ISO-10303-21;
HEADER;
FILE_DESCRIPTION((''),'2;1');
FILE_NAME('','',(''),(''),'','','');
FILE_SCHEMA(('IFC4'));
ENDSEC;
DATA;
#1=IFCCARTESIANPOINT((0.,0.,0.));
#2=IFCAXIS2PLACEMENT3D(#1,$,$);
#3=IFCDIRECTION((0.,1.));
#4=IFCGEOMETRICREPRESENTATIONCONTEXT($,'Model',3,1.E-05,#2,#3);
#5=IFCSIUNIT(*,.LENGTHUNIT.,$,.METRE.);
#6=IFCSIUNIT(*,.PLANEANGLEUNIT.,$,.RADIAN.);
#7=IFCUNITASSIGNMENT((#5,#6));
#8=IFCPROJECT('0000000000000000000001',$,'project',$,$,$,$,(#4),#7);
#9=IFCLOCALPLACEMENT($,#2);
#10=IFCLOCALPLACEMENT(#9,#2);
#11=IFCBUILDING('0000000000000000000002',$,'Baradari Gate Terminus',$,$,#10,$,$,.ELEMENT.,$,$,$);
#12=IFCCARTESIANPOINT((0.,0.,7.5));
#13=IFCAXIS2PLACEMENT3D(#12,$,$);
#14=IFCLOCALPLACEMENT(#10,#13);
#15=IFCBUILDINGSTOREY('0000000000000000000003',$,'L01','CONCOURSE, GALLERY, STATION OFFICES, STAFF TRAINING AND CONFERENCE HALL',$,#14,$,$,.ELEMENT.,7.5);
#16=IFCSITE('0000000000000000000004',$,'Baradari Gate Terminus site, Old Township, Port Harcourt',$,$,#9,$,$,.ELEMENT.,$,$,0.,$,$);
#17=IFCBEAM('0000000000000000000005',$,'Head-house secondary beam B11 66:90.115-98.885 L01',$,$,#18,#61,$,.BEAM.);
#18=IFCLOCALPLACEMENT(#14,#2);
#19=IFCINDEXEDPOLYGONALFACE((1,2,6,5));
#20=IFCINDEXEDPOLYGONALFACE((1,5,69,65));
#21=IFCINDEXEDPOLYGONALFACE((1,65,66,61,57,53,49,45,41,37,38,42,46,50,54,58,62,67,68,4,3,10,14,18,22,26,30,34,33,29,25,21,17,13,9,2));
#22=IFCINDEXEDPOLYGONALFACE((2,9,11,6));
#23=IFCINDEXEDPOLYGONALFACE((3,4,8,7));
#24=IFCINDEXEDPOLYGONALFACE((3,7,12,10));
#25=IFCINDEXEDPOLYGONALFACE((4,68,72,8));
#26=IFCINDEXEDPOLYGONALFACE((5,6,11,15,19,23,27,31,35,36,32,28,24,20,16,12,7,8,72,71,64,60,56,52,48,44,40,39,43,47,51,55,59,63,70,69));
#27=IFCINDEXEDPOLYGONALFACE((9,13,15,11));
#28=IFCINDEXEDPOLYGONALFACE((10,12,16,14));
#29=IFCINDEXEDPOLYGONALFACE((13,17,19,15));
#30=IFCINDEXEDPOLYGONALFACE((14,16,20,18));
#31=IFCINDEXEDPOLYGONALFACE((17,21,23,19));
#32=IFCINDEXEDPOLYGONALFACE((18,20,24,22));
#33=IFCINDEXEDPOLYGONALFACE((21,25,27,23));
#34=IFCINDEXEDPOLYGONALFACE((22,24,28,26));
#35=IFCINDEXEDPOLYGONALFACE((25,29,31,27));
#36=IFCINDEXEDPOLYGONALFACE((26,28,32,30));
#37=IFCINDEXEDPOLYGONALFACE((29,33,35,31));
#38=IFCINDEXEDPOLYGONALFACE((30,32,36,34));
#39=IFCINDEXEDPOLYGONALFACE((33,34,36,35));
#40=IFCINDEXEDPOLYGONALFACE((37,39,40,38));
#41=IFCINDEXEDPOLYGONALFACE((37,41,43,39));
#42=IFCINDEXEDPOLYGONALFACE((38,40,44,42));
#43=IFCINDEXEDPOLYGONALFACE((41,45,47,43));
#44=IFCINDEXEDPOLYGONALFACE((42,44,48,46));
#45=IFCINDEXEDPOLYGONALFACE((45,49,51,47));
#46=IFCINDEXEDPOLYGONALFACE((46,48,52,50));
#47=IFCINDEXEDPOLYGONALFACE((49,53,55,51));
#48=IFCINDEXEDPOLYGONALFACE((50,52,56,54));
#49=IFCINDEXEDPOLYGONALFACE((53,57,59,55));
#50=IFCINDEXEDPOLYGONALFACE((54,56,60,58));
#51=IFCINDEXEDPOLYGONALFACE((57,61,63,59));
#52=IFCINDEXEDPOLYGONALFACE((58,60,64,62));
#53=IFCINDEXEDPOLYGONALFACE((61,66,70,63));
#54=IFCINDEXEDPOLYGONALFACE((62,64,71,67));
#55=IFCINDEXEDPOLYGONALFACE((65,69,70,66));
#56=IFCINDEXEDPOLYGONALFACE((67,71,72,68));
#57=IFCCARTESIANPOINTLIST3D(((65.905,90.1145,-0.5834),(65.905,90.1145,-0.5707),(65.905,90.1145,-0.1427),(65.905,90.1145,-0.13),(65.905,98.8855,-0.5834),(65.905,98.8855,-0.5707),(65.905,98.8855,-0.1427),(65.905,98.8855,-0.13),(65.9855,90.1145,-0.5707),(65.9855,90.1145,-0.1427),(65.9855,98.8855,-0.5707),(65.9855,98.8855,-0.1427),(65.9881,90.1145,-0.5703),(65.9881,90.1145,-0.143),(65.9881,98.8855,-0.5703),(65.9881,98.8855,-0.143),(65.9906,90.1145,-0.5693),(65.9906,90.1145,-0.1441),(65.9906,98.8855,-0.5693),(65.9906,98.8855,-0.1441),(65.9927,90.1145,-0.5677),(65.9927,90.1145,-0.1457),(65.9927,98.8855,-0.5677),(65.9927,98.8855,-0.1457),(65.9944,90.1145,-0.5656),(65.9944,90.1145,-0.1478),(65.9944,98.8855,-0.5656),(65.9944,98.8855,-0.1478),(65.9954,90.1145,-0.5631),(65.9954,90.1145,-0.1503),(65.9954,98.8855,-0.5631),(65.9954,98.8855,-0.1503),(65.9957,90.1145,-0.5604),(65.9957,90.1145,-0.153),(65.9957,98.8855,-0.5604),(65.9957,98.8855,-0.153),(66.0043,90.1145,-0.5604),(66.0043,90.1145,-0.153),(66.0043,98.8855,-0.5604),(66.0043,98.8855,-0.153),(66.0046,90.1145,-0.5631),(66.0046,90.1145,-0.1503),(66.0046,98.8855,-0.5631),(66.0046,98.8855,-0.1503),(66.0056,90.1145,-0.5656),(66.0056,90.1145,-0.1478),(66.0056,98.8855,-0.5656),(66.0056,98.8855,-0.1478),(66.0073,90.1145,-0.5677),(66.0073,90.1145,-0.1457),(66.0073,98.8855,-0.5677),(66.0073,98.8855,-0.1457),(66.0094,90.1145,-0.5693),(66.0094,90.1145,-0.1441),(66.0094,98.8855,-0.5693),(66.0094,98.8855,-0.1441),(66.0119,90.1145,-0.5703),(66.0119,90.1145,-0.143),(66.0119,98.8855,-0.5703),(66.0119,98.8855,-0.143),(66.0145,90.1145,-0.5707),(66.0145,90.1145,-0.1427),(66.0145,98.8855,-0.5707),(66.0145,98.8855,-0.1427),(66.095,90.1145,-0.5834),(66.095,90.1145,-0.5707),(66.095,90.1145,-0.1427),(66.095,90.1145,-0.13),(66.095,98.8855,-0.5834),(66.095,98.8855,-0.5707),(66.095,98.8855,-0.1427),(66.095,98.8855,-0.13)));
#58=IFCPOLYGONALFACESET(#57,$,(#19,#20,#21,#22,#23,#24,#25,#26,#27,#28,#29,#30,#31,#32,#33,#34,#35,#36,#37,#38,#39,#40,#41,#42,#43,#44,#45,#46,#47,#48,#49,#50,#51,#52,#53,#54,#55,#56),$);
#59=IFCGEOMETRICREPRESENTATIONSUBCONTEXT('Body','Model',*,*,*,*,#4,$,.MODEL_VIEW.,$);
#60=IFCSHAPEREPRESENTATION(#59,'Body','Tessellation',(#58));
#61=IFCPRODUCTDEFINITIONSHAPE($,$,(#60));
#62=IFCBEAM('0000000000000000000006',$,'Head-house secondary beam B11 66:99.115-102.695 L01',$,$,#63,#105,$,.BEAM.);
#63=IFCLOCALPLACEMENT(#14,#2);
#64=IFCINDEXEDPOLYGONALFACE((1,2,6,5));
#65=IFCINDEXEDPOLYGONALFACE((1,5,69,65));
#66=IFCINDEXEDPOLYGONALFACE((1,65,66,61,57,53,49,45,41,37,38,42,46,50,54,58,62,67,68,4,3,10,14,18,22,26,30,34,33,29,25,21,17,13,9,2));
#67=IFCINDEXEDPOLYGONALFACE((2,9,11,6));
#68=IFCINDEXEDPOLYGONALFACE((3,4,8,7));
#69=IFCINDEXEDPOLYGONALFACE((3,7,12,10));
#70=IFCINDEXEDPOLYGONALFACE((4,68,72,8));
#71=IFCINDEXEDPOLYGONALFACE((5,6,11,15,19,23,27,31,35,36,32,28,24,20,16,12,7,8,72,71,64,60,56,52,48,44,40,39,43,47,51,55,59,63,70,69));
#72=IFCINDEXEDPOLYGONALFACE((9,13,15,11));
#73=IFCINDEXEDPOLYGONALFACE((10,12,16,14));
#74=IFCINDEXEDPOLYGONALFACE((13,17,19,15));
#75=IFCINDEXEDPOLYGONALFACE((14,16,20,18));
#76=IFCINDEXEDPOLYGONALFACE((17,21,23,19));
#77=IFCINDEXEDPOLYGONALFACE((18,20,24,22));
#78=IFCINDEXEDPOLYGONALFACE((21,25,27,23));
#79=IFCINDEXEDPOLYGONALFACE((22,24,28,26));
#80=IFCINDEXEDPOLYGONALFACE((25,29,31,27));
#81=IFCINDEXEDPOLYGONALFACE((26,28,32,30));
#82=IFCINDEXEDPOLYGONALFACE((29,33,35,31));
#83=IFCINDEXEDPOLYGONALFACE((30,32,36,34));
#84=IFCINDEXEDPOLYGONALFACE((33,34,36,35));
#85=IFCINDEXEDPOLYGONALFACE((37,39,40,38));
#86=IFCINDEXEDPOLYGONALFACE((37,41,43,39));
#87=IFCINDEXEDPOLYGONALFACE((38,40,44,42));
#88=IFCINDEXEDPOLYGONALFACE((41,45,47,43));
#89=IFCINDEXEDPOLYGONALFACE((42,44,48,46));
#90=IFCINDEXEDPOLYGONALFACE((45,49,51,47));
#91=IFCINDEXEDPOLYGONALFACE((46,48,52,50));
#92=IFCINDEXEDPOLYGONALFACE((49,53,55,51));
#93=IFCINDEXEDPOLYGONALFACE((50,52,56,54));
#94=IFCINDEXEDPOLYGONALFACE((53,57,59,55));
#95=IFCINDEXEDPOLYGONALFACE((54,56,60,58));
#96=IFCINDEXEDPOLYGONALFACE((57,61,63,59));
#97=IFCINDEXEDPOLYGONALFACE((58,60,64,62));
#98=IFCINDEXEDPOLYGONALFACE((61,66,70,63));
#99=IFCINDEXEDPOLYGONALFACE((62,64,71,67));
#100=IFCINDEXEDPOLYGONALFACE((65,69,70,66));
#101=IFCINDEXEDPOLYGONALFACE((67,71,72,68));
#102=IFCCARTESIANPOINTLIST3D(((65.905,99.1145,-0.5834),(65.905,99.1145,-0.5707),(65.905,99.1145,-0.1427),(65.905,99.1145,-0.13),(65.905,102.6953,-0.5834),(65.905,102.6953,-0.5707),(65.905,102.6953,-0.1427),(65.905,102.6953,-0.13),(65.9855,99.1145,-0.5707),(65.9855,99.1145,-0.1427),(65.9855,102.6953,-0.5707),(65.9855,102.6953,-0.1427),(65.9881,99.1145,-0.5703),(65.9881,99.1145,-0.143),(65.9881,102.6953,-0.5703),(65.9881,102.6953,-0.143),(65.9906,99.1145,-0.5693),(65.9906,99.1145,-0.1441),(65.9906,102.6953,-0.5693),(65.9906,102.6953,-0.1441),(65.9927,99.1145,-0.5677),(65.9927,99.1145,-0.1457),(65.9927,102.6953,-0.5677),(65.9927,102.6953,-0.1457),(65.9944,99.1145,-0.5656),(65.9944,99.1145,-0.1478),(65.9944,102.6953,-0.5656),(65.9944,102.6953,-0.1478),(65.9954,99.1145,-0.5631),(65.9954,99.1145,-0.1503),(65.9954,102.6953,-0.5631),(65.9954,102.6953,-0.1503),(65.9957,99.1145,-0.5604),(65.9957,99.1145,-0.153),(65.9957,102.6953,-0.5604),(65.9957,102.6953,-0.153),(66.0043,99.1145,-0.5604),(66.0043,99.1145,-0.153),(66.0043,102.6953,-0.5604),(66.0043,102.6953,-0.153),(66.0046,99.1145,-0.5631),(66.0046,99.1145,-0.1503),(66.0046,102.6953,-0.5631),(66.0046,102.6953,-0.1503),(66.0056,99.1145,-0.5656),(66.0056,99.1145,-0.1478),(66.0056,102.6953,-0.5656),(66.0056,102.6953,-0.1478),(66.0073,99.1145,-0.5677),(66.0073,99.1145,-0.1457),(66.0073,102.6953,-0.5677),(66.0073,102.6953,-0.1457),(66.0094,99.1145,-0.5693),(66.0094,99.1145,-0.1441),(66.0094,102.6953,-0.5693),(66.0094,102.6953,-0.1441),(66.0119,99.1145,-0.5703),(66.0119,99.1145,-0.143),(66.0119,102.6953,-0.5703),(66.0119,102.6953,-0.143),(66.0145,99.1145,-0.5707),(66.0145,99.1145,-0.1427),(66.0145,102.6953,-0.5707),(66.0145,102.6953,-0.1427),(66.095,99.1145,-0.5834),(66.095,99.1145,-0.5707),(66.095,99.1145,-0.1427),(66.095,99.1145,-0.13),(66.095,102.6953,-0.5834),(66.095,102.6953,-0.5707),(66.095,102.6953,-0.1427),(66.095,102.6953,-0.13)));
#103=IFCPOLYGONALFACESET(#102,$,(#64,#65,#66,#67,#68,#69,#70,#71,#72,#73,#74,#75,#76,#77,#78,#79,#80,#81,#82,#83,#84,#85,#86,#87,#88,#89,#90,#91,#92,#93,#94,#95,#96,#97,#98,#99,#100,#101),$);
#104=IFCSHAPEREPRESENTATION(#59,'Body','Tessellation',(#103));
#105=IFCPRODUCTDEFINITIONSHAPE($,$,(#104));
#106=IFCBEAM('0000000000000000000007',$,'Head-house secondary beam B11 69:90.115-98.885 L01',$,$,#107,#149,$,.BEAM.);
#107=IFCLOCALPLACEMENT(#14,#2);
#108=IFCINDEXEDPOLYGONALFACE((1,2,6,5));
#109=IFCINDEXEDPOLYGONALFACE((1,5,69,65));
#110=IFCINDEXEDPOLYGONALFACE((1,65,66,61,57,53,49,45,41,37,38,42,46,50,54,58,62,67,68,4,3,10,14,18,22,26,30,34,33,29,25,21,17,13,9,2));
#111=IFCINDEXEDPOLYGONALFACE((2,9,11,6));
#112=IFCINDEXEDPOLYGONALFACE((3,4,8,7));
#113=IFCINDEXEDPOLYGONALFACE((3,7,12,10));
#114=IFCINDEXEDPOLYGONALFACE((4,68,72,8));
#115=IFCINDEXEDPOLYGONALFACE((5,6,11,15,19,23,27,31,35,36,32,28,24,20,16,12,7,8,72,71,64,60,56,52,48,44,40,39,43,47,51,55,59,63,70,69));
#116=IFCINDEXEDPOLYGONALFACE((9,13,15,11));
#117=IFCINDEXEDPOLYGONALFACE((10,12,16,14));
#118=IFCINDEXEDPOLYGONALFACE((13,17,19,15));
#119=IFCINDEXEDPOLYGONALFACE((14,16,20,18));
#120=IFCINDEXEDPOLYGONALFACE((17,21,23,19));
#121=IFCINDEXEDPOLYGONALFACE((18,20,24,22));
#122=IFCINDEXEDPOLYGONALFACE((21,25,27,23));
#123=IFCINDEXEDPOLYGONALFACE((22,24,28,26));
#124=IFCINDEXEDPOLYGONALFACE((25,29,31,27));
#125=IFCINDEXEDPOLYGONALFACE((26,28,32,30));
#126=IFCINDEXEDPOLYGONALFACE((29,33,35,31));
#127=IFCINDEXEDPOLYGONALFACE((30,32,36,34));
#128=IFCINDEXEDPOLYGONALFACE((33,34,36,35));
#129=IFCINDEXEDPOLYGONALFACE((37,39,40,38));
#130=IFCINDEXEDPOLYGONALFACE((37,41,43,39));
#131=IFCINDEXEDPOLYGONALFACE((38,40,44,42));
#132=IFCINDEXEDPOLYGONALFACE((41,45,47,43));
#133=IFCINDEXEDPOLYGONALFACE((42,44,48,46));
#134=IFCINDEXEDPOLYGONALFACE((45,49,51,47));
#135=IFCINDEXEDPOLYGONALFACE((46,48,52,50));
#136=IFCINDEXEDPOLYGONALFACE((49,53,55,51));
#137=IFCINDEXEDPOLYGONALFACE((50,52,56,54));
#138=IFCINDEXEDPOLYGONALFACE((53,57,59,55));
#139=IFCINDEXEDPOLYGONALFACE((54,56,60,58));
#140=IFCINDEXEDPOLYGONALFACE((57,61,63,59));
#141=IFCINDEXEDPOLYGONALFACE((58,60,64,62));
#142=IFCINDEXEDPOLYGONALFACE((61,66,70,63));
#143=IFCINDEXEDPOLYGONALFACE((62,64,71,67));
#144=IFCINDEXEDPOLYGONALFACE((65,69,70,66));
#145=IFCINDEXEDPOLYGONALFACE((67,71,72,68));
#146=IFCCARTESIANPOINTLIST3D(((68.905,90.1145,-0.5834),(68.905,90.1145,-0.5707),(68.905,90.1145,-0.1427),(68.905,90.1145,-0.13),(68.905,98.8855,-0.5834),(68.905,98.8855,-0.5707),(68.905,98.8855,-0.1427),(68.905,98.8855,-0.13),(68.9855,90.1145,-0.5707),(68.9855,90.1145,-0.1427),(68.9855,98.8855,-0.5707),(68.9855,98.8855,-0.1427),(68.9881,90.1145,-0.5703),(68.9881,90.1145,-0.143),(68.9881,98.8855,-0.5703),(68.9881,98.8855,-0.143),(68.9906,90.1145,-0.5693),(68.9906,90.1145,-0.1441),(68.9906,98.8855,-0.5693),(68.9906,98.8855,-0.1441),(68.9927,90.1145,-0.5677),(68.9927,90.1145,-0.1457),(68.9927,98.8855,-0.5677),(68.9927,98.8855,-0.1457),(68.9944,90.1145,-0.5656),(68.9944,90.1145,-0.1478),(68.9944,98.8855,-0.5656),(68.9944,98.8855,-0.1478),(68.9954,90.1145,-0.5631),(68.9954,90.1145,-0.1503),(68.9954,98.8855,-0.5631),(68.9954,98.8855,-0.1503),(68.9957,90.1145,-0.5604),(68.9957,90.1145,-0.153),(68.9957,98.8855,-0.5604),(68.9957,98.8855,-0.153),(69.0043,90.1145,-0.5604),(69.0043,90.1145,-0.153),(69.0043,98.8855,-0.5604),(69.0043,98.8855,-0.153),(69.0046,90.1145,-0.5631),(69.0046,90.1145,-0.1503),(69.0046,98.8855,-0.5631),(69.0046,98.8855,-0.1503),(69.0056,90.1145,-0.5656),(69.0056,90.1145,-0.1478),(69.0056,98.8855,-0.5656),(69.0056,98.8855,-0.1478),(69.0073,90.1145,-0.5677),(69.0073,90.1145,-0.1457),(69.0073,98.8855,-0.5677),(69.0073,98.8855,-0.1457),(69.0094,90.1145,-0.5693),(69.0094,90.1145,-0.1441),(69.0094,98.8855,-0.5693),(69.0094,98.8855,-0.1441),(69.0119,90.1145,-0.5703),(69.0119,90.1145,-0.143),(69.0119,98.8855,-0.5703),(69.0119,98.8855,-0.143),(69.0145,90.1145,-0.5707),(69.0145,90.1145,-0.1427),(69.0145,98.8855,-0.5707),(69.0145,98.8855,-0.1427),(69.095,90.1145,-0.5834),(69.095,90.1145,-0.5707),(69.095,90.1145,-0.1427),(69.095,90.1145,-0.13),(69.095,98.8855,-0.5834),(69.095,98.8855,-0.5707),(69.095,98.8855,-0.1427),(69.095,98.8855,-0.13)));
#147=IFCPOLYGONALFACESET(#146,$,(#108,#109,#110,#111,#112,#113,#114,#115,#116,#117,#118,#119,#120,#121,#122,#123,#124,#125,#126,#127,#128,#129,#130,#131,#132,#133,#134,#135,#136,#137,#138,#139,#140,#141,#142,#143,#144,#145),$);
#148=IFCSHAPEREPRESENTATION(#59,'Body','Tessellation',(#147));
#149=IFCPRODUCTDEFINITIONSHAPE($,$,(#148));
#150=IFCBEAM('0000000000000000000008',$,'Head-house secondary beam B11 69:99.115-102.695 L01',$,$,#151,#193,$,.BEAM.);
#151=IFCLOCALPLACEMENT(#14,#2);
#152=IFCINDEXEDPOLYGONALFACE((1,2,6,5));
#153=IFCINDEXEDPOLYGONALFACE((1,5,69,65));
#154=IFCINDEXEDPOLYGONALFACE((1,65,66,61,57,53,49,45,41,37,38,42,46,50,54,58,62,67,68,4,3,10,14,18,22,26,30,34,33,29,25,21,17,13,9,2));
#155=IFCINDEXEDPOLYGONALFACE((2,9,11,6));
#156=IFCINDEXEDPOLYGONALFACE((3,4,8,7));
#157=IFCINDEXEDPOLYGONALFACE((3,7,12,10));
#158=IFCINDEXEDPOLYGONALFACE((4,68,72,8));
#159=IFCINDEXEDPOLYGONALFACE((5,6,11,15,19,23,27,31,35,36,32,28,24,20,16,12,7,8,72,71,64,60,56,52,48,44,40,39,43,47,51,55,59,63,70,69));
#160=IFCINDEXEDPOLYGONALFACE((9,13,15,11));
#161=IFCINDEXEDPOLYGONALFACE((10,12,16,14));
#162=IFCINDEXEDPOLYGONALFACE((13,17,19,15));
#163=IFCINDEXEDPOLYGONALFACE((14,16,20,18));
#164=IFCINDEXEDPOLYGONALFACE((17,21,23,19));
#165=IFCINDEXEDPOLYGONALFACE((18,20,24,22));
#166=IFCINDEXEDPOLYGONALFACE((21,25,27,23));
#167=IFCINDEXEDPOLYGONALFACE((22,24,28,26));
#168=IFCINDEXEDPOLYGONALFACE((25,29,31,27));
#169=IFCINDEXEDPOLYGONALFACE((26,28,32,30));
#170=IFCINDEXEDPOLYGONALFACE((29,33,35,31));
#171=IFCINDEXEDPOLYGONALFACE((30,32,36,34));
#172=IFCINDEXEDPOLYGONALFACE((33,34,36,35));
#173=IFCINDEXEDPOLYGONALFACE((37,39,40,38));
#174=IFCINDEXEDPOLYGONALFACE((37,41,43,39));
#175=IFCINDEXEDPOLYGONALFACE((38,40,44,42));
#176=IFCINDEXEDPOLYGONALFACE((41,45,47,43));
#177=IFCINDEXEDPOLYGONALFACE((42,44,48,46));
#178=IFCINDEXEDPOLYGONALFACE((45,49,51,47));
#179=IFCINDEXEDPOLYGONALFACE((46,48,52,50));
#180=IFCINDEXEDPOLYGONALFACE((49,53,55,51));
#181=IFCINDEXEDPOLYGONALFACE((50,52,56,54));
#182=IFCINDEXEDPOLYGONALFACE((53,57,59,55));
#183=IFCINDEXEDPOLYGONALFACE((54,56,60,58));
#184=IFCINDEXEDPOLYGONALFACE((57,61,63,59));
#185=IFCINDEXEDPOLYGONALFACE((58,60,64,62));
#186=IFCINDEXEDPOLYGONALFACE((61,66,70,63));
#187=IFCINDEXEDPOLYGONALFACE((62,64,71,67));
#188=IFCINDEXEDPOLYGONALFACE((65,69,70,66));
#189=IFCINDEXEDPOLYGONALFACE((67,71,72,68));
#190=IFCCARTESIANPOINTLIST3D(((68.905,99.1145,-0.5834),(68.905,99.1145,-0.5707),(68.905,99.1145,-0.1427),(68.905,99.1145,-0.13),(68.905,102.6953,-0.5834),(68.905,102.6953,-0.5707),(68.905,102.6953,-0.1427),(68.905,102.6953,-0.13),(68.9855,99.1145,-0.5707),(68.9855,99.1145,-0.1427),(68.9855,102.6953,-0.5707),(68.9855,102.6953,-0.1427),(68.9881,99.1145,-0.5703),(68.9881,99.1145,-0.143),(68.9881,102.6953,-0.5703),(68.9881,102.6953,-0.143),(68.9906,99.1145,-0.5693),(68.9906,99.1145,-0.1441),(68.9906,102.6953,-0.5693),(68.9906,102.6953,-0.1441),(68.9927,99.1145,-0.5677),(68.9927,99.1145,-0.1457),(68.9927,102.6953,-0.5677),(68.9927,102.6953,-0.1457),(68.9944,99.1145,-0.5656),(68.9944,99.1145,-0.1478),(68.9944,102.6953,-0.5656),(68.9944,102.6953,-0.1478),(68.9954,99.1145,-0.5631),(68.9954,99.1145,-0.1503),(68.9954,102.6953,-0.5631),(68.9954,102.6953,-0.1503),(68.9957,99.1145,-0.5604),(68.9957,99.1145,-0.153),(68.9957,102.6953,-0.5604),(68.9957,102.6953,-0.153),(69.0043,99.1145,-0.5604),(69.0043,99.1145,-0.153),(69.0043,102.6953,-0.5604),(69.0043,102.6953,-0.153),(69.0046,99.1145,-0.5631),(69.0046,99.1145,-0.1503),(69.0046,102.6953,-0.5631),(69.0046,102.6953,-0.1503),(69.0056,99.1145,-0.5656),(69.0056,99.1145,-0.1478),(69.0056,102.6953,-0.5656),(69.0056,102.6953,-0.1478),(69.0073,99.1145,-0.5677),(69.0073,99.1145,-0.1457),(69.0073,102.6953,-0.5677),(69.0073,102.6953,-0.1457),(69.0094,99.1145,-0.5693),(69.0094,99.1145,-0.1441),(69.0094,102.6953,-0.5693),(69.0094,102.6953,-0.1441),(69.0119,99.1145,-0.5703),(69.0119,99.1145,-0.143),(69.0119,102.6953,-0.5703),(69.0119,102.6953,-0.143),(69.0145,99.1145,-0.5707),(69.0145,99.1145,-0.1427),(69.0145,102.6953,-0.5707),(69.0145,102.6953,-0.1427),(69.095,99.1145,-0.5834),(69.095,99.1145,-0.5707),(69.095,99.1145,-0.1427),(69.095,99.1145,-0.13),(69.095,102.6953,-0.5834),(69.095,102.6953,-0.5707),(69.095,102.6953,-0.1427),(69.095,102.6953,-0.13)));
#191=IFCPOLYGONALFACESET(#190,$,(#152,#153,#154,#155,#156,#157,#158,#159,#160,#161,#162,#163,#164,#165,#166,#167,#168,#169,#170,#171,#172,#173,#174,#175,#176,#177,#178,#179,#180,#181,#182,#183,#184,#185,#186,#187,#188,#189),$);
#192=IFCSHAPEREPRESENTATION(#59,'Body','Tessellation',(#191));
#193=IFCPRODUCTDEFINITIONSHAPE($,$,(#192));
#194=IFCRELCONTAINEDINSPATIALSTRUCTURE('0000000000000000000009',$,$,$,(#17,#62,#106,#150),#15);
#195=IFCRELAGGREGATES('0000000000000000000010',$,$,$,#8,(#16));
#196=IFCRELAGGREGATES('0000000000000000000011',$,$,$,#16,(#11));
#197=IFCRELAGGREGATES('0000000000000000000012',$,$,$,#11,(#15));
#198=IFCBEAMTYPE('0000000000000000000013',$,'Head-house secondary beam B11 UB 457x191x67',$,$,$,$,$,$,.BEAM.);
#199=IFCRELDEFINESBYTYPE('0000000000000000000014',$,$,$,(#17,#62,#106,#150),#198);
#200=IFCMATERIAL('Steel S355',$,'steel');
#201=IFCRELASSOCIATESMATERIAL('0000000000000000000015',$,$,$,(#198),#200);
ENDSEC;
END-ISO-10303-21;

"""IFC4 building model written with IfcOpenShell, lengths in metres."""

from ifc_helpers import new_model, si_unit, direction, frame, origin, origin_2d, place, context, subcontext, project, spatial, i_section, extrude, material, material_profile, profile_set, type_object, element, save


model = new_model("IFC4")

# Units and contexts
model_context = context("Model", 3, precision=1e-05, world=origin(), true_north=direction((0.0, 1.0)))
body_context = subcontext(model_context, "Body", "Model", "MODEL_VIEW")
ifc_project = project(units=[si_unit("LENGTHUNIT", "METRE"), si_unit("PLANEANGLEUNIT", "RADIAN")], contexts=[model_context])

# Site, building, storey
site_placement = place(None, origin())
site = spatial("IfcSite", under=ifc_project, at=site_placement, Name="Baradari Gate Terminus site, Old Township, Port Harcourt", CompositionType="ELEMENT", RefElevation=0.0)
building_placement = place(site_placement, origin())
building = spatial("IfcBuilding", under=site, at=building_placement, Name="Baradari Gate Terminus", CompositionType="ELEMENT")
storey_placement = place(building_placement, frame((0.0, 0.0, 7.5)))
storey = spatial("IfcBuildingStorey", under=building, at=storey_placement, Name="L01", Description="CONCOURSE, GALLERY, STATION OFFICES, STAFF TRAINING AND CONFERENCE HALL", CompositionType="ELEMENT", Elevation=7.5)

# Beams
ifc_material_1 = material(Name="Steel S355", Category="steel")
ifc_material_profile_1 = material_profile(ifc_material_1, i_section(OverallWidth=0.1899, OverallDepth=0.4534, WebThickness=0.0085, FlangeThickness=0.0127, FilletRadius=0.0103, at=origin_2d()), Name="UB 457x191x67")
ifc_profile_set_1 = profile_set([ifc_material_profile_1], Name="Steel S355")
beam_type_1 = type_object("IfcBeamType", Name="Head-house secondary beam B11 UB 457x191x67", PredefinedType="BEAM", material=ifc_profile_set_1)
beam_1_placement = place(storey_placement, frame((66.0, 90.1145, -0.3567), z_axis=(0.0, 1.0, 0.0), x_axis=(-1.0, 0.0, 0.0)))
element("IfcBeam", 1, at=beam_1_placement, inside=storey, type_object=beam_type_1, Name="Head-house secondary beam B11 66:90.115-98.885 L01", PredefinedType="BEAM", context=body_context, shape_type="SweptSolid", body=[
    extrude(i_section(OverallWidth=0.1899, OverallDepth=0.4534, WebThickness=0.0085, FlangeThickness=0.0127, FilletRadius=0.0103, at=origin_2d()), origin(), (0.0, 0.0, 1.0), 8.771),
])
beam_2_placement = place(storey_placement, frame((66.0, 99.1145, -0.3567), z_axis=(0.0, 1.0, 0.0), x_axis=(-1.0, 0.0, 0.0)))
element("IfcBeam", 2, at=beam_2_placement, inside=storey, type_object=beam_type_1, Name="Head-house secondary beam B11 66:99.115-102.695 L01", PredefinedType="BEAM", context=body_context, shape_type="SweptSolid", body=[
    extrude(i_section(OverallWidth=0.1899, OverallDepth=0.4534, WebThickness=0.0085, FlangeThickness=0.0127, FilletRadius=0.0103, at=origin_2d()), origin(), (0.0, 0.0, 1.0), 3.5808),
])
beam_3_placement = place(storey_placement, frame((69.0, 90.1145, -0.3567), z_axis=(0.0, 1.0, 0.0), x_axis=(-1.0, 0.0, 0.0)))
element("IfcBeam", 3, at=beam_3_placement, inside=storey, type_object=beam_type_1, Name="Head-house secondary beam B11 69:90.115-98.885 L01", PredefinedType="BEAM", context=body_context, shape_type="SweptSolid", body=[
    extrude(i_section(OverallWidth=0.1899, OverallDepth=0.4534, WebThickness=0.0085, FlangeThickness=0.0127, FilletRadius=0.0103, at=origin_2d()), origin(), (0.0, 0.0, 1.0), 8.771),
])
beam_4_placement = place(storey_placement, frame((69.0, 99.1145, -0.3567), z_axis=(0.0, 1.0, 0.0), x_axis=(-1.0, 0.0, 0.0)))
element("IfcBeam", 4, at=beam_4_placement, inside=storey, type_object=beam_type_1, Name="Head-house secondary beam B11 69:99.115-102.695 L01", PredefinedType="BEAM", context=body_context, shape_type="SweptSolid", body=[
    extrude(i_section(OverallWidth=0.1899, OverallDepth=0.4534, WebThickness=0.0085, FlangeThickness=0.0127, FilletRadius=0.0103, at=origin_2d()), origin(), (0.0, 0.0, 1.0), 3.5808),
])

save(model, "model.ifc")
